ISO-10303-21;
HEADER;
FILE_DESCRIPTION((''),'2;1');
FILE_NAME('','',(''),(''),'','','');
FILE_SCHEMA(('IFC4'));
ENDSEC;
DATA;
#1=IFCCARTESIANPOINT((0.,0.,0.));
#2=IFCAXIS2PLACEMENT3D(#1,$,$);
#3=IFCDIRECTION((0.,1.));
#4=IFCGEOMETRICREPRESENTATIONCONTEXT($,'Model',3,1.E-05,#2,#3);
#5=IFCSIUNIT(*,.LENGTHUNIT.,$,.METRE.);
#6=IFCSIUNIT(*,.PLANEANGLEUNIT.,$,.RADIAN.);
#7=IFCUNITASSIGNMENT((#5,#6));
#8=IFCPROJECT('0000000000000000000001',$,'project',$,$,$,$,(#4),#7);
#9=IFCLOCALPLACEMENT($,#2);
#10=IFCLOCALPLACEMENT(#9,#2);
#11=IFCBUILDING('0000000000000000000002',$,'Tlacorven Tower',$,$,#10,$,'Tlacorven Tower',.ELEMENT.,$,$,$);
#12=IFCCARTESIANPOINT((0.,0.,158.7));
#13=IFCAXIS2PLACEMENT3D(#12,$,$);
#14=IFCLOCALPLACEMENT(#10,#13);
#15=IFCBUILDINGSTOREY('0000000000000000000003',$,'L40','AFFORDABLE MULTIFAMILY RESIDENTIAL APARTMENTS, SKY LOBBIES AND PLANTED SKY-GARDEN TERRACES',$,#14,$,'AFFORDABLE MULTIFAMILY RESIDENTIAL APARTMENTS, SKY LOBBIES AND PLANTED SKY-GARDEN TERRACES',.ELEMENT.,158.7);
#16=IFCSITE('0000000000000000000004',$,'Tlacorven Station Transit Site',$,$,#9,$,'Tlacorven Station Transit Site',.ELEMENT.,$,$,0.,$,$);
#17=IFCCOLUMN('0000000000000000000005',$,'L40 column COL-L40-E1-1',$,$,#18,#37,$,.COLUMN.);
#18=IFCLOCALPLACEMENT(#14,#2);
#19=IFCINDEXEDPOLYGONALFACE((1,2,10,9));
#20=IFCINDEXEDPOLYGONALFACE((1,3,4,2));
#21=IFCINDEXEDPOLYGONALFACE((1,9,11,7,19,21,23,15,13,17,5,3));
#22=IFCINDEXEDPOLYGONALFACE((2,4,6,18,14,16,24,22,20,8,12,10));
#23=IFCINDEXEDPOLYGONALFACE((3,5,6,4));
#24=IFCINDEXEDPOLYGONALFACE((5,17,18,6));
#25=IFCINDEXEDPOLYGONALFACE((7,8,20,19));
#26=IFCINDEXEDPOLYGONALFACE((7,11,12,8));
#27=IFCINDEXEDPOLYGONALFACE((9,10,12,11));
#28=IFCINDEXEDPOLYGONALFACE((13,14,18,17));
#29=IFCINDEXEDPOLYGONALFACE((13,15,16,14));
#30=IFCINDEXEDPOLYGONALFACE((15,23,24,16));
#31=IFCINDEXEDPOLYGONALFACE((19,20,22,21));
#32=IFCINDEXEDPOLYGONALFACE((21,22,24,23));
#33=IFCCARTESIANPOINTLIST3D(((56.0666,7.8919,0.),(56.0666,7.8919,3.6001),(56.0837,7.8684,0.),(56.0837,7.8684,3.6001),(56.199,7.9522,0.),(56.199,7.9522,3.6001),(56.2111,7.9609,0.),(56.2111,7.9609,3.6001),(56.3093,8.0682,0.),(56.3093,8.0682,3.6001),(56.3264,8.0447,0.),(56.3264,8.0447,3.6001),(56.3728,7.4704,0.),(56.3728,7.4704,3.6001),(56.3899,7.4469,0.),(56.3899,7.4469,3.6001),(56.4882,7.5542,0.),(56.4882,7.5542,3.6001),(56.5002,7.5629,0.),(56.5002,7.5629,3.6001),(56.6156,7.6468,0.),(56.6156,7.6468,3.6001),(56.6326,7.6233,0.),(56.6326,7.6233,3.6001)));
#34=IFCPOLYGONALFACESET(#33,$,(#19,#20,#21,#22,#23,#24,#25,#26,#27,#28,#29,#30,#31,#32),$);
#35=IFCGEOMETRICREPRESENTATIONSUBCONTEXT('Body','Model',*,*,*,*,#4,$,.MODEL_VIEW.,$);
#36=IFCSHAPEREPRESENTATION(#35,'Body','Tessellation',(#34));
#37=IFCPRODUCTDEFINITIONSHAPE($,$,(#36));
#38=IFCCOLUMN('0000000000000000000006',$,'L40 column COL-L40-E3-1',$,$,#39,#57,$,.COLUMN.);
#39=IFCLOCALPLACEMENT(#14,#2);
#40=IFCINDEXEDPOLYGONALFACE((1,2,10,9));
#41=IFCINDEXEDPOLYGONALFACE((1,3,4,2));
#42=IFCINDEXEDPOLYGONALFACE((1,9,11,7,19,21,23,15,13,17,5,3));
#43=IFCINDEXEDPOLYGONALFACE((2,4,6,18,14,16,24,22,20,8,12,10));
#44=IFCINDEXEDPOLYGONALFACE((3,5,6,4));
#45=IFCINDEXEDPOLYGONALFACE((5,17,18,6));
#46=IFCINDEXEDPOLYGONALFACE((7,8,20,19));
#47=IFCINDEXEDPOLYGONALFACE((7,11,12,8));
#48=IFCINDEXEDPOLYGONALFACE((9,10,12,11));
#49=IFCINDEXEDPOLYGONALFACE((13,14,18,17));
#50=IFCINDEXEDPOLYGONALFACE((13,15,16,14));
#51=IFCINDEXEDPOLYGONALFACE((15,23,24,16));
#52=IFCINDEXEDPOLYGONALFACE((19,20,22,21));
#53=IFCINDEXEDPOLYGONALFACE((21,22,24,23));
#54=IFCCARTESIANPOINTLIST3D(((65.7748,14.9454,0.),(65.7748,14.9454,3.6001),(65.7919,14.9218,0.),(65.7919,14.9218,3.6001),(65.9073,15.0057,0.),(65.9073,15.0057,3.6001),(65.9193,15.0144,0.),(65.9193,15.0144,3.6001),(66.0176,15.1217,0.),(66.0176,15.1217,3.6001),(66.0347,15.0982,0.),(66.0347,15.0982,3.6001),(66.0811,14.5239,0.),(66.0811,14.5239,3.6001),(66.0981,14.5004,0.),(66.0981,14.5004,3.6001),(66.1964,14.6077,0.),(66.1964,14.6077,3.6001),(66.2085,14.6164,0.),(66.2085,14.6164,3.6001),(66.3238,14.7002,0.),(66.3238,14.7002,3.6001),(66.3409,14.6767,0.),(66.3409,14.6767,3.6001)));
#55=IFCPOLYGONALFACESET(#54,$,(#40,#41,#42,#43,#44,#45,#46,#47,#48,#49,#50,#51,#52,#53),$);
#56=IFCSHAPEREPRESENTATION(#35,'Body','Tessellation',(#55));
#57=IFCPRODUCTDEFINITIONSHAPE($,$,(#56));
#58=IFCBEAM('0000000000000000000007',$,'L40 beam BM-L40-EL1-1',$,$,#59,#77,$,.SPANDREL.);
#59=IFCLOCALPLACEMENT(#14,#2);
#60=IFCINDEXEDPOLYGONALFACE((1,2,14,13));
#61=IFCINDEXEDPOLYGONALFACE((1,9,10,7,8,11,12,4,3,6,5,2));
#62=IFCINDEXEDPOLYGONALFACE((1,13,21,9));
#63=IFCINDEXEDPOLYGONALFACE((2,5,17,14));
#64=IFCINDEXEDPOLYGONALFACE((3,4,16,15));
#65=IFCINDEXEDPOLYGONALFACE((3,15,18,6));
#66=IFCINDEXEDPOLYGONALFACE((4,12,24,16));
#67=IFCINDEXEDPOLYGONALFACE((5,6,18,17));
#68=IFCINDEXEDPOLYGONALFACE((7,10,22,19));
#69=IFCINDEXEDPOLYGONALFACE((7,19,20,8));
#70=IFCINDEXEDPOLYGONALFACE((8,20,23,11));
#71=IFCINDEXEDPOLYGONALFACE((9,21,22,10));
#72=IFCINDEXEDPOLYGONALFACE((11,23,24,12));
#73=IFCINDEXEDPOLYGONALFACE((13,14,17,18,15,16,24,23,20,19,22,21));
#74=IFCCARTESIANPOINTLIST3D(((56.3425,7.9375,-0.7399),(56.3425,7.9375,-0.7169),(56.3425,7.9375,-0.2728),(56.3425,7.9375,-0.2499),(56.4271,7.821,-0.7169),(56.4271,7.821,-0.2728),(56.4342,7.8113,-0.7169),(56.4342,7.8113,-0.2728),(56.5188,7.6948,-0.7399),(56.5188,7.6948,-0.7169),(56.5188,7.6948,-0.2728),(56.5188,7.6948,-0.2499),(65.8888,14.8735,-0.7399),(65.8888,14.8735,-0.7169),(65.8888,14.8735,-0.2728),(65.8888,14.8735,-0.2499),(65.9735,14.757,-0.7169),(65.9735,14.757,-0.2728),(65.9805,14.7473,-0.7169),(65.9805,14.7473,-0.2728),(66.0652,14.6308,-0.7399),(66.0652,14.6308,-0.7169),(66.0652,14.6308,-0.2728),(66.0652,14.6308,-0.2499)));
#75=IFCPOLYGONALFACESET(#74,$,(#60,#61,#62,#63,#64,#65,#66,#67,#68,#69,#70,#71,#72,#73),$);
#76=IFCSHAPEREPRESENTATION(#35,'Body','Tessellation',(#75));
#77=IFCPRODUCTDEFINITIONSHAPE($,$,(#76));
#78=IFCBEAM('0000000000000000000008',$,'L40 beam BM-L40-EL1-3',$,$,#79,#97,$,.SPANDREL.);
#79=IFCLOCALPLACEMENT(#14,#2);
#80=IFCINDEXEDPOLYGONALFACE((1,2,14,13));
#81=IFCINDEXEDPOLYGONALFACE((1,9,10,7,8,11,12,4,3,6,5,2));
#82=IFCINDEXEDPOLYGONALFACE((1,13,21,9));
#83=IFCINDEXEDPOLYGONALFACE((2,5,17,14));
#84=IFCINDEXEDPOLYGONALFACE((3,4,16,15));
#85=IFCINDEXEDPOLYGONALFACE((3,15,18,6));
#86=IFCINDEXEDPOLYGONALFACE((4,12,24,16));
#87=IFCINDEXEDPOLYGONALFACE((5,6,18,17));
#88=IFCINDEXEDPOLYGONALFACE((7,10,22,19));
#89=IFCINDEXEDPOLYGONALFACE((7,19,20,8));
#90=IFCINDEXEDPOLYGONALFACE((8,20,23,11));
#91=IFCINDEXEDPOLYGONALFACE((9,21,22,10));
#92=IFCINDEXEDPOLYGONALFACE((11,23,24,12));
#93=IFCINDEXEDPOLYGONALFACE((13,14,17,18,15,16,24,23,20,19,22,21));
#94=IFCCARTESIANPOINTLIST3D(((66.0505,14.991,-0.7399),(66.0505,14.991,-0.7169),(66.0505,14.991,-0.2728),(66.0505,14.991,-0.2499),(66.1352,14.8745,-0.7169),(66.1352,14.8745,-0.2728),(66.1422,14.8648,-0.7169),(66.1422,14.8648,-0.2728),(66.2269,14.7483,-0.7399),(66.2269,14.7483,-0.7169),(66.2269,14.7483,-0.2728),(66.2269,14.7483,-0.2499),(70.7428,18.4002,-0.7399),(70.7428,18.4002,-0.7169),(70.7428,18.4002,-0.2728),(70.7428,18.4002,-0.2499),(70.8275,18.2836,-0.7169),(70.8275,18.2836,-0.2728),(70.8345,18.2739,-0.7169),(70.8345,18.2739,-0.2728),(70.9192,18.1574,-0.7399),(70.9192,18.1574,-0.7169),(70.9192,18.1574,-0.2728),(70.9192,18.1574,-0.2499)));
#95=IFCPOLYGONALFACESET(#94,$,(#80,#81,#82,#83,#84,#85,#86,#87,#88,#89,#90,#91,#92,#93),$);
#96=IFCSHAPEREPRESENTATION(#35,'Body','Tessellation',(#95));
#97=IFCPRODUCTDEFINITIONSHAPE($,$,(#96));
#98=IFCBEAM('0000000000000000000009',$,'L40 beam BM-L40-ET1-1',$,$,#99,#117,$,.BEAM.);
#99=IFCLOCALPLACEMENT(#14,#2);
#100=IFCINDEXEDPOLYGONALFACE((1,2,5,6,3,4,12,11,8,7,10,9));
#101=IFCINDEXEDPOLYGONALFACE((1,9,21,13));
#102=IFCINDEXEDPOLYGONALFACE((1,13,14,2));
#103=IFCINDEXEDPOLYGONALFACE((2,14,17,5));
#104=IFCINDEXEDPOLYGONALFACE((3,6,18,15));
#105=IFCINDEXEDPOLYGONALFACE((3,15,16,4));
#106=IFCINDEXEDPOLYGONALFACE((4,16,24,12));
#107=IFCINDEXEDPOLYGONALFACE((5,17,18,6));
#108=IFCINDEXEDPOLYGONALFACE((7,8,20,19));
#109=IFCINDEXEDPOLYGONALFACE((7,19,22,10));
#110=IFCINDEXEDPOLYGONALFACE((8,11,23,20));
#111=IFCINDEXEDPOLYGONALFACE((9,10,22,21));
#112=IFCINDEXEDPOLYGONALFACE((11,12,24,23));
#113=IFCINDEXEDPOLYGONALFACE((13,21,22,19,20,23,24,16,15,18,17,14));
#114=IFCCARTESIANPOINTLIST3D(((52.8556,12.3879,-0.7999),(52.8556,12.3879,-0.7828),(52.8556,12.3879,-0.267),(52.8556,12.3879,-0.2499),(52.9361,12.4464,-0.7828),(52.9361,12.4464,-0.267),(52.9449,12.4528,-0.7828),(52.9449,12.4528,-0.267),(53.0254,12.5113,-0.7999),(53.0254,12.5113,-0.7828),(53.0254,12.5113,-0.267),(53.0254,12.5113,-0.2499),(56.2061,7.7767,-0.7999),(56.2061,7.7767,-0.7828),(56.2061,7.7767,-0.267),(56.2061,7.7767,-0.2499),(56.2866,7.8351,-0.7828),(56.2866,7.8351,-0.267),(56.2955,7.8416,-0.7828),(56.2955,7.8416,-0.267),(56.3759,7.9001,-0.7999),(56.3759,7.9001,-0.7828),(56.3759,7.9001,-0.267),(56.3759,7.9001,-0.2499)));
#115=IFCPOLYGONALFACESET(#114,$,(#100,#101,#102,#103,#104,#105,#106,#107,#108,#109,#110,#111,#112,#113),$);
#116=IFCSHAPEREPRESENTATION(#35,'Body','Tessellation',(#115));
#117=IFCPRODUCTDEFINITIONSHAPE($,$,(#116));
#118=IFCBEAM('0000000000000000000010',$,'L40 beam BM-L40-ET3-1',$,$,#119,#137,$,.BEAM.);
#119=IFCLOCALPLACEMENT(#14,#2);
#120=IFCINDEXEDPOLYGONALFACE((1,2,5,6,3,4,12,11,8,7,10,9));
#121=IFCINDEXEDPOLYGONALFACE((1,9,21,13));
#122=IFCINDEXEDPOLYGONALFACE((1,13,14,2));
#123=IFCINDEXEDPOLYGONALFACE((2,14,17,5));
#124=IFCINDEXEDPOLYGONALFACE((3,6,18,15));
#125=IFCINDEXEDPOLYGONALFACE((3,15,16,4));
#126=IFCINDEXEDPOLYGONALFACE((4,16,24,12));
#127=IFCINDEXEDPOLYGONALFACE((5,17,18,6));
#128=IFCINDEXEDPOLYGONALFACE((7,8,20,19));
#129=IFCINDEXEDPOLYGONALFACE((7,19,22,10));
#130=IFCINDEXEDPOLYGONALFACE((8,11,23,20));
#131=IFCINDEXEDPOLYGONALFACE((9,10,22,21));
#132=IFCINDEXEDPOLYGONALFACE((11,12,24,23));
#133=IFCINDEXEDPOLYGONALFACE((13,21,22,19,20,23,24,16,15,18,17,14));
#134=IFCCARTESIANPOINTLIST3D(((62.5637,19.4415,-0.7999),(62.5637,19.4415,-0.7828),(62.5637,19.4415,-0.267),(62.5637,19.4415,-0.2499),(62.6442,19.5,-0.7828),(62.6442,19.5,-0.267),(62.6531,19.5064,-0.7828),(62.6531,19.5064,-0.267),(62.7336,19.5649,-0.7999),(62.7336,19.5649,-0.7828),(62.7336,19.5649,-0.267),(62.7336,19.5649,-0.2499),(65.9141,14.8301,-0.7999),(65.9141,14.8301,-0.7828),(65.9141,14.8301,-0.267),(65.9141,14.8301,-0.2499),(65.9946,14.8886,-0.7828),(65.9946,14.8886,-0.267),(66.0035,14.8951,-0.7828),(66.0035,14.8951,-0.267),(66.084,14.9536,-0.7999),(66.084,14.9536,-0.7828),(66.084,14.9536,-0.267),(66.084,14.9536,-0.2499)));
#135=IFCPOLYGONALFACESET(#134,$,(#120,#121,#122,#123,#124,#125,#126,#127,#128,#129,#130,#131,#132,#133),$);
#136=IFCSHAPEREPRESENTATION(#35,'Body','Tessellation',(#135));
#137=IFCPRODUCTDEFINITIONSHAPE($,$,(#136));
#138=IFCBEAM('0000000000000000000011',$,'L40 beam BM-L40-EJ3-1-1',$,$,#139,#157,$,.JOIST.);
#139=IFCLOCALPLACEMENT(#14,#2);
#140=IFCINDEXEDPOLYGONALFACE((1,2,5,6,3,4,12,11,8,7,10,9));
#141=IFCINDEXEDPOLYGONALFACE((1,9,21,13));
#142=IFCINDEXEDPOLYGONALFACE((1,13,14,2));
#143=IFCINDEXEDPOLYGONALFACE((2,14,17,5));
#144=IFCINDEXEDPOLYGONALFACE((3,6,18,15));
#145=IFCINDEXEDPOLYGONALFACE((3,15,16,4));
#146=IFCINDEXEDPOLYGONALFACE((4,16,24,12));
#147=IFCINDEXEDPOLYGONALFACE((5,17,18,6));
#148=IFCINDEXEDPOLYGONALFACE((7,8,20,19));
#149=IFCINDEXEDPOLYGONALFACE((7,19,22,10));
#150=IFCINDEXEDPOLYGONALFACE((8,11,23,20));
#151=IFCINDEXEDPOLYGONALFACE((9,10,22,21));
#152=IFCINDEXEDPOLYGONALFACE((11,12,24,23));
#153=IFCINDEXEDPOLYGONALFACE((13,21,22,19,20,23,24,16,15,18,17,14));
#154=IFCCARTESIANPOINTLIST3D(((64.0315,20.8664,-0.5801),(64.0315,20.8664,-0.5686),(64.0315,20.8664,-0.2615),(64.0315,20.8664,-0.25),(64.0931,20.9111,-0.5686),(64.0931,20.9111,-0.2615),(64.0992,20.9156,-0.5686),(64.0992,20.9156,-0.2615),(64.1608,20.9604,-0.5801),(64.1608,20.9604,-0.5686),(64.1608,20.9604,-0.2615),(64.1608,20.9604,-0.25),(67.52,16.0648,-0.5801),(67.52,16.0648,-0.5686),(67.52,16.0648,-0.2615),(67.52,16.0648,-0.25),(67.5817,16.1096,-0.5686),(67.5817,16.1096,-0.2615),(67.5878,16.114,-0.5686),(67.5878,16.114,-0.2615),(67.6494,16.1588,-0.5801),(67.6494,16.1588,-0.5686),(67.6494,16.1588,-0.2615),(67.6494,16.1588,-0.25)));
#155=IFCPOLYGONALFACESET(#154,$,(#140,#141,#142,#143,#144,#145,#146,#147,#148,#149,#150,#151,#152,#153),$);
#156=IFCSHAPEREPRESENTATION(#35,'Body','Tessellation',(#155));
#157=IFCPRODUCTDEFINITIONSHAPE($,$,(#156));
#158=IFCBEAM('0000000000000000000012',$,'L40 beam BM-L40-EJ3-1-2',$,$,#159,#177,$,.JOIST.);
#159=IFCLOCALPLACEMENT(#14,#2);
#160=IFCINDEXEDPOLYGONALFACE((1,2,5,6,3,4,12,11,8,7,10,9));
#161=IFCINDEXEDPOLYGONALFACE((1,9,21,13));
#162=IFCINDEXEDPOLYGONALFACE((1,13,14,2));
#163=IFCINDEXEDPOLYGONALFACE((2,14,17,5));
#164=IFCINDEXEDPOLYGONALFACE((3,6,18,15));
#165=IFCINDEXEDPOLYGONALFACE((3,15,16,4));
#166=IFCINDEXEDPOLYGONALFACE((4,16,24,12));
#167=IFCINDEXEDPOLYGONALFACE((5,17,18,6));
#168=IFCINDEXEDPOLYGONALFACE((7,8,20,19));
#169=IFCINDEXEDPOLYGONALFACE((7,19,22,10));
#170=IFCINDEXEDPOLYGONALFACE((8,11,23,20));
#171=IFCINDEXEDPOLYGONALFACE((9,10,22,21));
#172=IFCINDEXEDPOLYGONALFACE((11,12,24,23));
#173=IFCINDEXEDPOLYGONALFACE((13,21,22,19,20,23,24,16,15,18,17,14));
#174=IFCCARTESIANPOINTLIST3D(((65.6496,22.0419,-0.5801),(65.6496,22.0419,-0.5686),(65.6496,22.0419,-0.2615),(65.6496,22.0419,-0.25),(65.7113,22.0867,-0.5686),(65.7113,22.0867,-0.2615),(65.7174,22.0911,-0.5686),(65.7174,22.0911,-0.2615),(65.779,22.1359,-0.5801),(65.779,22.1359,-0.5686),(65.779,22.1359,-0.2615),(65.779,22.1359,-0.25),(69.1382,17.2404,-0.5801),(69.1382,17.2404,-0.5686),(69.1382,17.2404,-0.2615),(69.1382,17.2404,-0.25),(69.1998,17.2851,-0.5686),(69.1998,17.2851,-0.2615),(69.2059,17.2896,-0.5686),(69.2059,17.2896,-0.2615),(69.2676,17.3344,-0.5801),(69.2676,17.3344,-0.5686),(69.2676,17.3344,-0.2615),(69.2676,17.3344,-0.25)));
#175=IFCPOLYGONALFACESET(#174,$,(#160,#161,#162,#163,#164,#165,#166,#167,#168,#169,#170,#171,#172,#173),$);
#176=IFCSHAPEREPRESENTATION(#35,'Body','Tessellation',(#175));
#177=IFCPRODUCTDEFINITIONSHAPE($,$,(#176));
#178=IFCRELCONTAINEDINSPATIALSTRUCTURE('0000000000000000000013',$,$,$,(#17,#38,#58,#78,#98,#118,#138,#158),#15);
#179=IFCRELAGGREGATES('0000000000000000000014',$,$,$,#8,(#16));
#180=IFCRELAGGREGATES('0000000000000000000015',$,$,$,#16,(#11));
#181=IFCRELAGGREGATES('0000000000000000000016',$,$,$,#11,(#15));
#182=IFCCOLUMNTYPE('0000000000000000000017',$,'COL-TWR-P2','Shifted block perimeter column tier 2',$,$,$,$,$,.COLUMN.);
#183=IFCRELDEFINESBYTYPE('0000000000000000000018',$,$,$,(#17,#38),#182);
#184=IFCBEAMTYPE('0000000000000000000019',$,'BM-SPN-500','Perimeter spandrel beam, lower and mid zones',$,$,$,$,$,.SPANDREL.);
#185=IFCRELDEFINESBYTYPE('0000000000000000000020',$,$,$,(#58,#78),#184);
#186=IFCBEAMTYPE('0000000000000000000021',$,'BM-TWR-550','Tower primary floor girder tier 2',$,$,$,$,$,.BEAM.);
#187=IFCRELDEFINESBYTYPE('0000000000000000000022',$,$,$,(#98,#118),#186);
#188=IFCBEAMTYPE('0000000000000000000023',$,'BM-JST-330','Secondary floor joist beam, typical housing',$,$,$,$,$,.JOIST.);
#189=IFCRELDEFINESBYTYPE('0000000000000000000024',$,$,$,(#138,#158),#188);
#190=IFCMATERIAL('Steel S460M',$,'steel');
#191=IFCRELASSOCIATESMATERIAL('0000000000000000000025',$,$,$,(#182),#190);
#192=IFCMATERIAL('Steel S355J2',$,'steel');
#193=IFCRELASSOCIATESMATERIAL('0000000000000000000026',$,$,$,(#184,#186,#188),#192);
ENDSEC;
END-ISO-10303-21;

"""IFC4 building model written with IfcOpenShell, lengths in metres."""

from ifc_helpers import new_model, si_unit, direction, frame, origin, origin_2d, place, context, subcontext, project, spatial, i_section, extrude, source, transform, mapped, material, material_profile, profile_set, type_object, element, save


model = new_model("IFC4")

# Units and contexts
model_context = context("Model", 3, precision=1e-05, world=origin(), true_north=direction((0.0, 1.0)))
body_context = subcontext(model_context, "Body", "Model", "MODEL_VIEW")
ifc_project = project(units=[si_unit("LENGTHUNIT", "METRE"), si_unit("PLANEANGLEUNIT", "RADIAN")], contexts=[model_context])

# Site, building, storey
site_placement = place(None, origin())
site = spatial("IfcSite", under=ifc_project, at=site_placement, Name="Tlacorven Station Transit Site", LongName="Tlacorven Station Transit Site", CompositionType="ELEMENT", RefElevation=0.0)
building_placement = place(site_placement, origin())
building = spatial("IfcBuilding", under=site, at=building_placement, Name="Tlacorven Tower", LongName="Tlacorven Tower", CompositionType="ELEMENT")
storey_placement = place(building_placement, frame((0.0, 0.0, 158.7)))
storey = spatial("IfcBuildingStorey", under=building, at=storey_placement, Name="L40", Description="AFFORDABLE MULTIFAMILY RESIDENTIAL APARTMENTS, SKY LOBBIES AND PLANTED SKY-GARDEN TERRACES", LongName="AFFORDABLE MULTIFAMILY RESIDENTIAL APARTMENTS, SKY LOBBIES AND PLANTED SKY-GARDEN TERRACES", CompositionType="ELEMENT", Elevation=158.7)

# Columns
ifc_material_1 = material(Name="Steel S460M", Category="steel")
ifc_material_profile_1 = material_profile(ifc_material_1, i_section(OverallWidth=0.3, OverallDepth=0.55, WebThickness=0.0149, FlangeThickness=0.0291, at=origin_2d()), Name="HEB 550")
ifc_profile_set_1 = profile_set([ifc_material_profile_1], Name="Steel S460M")
column_type = type_object("IfcColumnType", Name="COL-TWR-P2", Description="Shifted block perimeter column tier 2", PredefinedType="COLUMN", material=ifc_profile_set_1)
shared_shape_1 = source(origin(), body_context, "Body", "SweptSolid", [
    extrude(i_section(OverallWidth=0.3, OverallDepth=0.55, WebThickness=0.0149, FlangeThickness=0.0291, at=origin_2d()), origin(), (0.0, 0.0, 1.0), 3.6001),
])
for number, where, z_axis, x_axis, name in (
    (1, (56.3496, 7.7576, 0.0), (0.0, 0.0, 1.0), (0.809017, 0.587785, 0.0), "L40 column COL-L40-E1-1"),
    (2, (66.0579, 14.811, 0.0), (0.0, 0.0, 1.0), (0.809017, 0.587785, 0.0), "L40 column COL-L40-E3-1"),
):
    element("IfcColumn", number, at=place(storey_placement, frame(where, z_axis=z_axis, x_axis=x_axis)), inside=storey, type_object=column_type, Name=name, PredefinedType="COLUMN", context=body_context, shape_type="MappedRepresentation", body=[
        mapped(shared_shape_1, transform((0.0, 0.0, 0.0), scale=1.0)),
    ])

# Beams
ifc_material_2 = material(Name="Steel S355J2", Category="steel")
ifc_material_profile_2 = material_profile(ifc_material_2, i_section(OverallWidth=0.3, OverallDepth=0.49, WebThickness=0.012, FlangeThickness=0.0229, at=origin_2d()), Name="HEA 500")
ifc_profile_set_2 = profile_set([ifc_material_profile_2], Name="Steel S355J2")
beam_type_1 = type_object("IfcBeamType", Name="BM-SPN-500", Description="Perimeter spandrel beam, lower and mid zones", PredefinedType="SPANDREL", material=ifc_profile_set_2)
shared_shape_2 = source(origin(), body_context, "Body", "SweptSolid", [
    extrude(i_section(OverallWidth=0.3, OverallDepth=0.49, WebThickness=0.012, FlangeThickness=0.0229, at=origin_2d()), origin(), (0.0, 0.0, 1.0), 11.8),
])
beam_1_placement = place(storey_placement, frame((56.4307, 7.8162, -0.4949), z_axis=(0.80901, 0.587795, 0.0), x_axis=(-0.587795, 0.80901, 0.0)))
element("IfcBeam", 3, at=beam_1_placement, inside=storey, type_object=beam_type_1, Name="L40 beam BM-L40-EL1-1", PredefinedType="SPANDREL", context=body_context, shape_type="MappedRepresentation", body=[
    mapped(shared_shape_2, transform((0.0, 0.0, 0.0), scale=1.0)),
])
shared_shape_3 = source(origin(), body_context, "Body", "SweptSolid", [
    extrude(i_section(OverallWidth=0.3, OverallDepth=0.49, WebThickness=0.012, FlangeThickness=0.0229, at=origin_2d()), origin(), (0.0, 0.0, 1.0), 5.8),
])
beam_2_placement = place(storey_placement, frame((66.1387, 14.8696, -0.4949), z_axis=(0.80902, 0.587781, 0.0), x_axis=(-0.587781, 0.80902, 0.0)))
element("IfcBeam", 4, at=beam_2_placement, inside=storey, type_object=beam_type_1, Name="L40 beam BM-L40-EL1-3", PredefinedType="SPANDREL", context=body_context, shape_type="MappedRepresentation", body=[
    mapped(shared_shape_3, transform((0.0, 0.0, 0.0), scale=1.0)),
])
ifc_material_profile_3 = material_profile(ifc_material_2, i_section(OverallWidth=0.21, OverallDepth=0.55, WebThickness=0.011, FlangeThickness=0.0171, at=origin_2d()), Name="IPE 550")
ifc_profile_set_3 = profile_set([ifc_material_profile_3], Name="Steel S355J2")
beam_type_2 = type_object("IfcBeamType", Name="BM-TWR-550", Description="Tower primary floor girder tier 2", PredefinedType="BEAM", material=ifc_profile_set_3)
shared_shape_4 = source(origin(), body_context, "Body", "SweptSolid", [
    extrude(i_section(OverallWidth=0.21, OverallDepth=0.55, WebThickness=0.011, FlangeThickness=0.0171, at=origin_2d()), origin(), (0.0, 0.0, 1.0), 5.7),
])
for number, where, z_axis, x_axis, name in (
    (5, (56.291, 7.8384, -0.5249), (-0.587815, 0.808995, 0.0), (-0.808995, -0.587815, 0.0), "L40 beam BM-L40-ET1-1"),
    (6, (65.999, 14.8918, -0.5249), (-0.587787, 0.809016, 0.0), (-0.809016, -0.587787, 0.0), "L40 beam BM-L40-ET3-1"),
):
    element("IfcBeam", number, at=place(storey_placement, frame(where, z_axis=z_axis, x_axis=x_axis)), inside=storey, type_object=beam_type_2, Name=name, PredefinedType="BEAM", context=body_context, shape_type="MappedRepresentation", body=[
        mapped(shared_shape_4, transform((0.0, 0.0, 0.0), scale=1.0)),
    ])
ifc_material_profile_4 = material_profile(ifc_material_2, i_section(OverallWidth=0.1599, OverallDepth=0.3301, WebThickness=0.0076, FlangeThickness=0.0115, at=origin_2d()), Name="IPE 330")
ifc_profile_set_4 = profile_set([ifc_material_profile_4], Name="Steel S355J2")
beam_type_3 = type_object("IfcBeamType", Name="BM-JST-330", Description="Secondary floor joist beam, typical housing", PredefinedType="JOIST", material=ifc_profile_set_4)
shared_shape_5 = source(origin(), body_context, "Body", "SweptSolid", [
    extrude(i_section(OverallWidth=0.1599, OverallDepth=0.3301, WebThickness=0.0076, FlangeThickness=0.0115, at=origin_2d()), origin(), (0.0, 0.0, 1.0), 5.9351),
])
for number, where, z_axis, x_axis, name in (
    (7, (67.5847, 16.1118, -0.415), (-0.587788, 0.809015, 0.0), (-0.809015, -0.587788, 0.0), "L40 beam BM-L40-EJ3-1-1"),
    (8, (69.2029, 17.2874, -0.415), (-0.587788, 0.809015, 0.0), (-0.809015, -0.587788, 0.0), "L40 beam BM-L40-EJ3-1-2"),
):
    element("IfcBeam", number, at=place(storey_placement, frame(where, z_axis=z_axis, x_axis=x_axis)), inside=storey, type_object=beam_type_3, Name=name, PredefinedType="JOIST", context=body_context, shape_type="MappedRepresentation", body=[
        mapped(shared_shape_5, transform((0.0, 0.0, 0.0), scale=1.0)),
    ])

save(model, "model.ifc")
